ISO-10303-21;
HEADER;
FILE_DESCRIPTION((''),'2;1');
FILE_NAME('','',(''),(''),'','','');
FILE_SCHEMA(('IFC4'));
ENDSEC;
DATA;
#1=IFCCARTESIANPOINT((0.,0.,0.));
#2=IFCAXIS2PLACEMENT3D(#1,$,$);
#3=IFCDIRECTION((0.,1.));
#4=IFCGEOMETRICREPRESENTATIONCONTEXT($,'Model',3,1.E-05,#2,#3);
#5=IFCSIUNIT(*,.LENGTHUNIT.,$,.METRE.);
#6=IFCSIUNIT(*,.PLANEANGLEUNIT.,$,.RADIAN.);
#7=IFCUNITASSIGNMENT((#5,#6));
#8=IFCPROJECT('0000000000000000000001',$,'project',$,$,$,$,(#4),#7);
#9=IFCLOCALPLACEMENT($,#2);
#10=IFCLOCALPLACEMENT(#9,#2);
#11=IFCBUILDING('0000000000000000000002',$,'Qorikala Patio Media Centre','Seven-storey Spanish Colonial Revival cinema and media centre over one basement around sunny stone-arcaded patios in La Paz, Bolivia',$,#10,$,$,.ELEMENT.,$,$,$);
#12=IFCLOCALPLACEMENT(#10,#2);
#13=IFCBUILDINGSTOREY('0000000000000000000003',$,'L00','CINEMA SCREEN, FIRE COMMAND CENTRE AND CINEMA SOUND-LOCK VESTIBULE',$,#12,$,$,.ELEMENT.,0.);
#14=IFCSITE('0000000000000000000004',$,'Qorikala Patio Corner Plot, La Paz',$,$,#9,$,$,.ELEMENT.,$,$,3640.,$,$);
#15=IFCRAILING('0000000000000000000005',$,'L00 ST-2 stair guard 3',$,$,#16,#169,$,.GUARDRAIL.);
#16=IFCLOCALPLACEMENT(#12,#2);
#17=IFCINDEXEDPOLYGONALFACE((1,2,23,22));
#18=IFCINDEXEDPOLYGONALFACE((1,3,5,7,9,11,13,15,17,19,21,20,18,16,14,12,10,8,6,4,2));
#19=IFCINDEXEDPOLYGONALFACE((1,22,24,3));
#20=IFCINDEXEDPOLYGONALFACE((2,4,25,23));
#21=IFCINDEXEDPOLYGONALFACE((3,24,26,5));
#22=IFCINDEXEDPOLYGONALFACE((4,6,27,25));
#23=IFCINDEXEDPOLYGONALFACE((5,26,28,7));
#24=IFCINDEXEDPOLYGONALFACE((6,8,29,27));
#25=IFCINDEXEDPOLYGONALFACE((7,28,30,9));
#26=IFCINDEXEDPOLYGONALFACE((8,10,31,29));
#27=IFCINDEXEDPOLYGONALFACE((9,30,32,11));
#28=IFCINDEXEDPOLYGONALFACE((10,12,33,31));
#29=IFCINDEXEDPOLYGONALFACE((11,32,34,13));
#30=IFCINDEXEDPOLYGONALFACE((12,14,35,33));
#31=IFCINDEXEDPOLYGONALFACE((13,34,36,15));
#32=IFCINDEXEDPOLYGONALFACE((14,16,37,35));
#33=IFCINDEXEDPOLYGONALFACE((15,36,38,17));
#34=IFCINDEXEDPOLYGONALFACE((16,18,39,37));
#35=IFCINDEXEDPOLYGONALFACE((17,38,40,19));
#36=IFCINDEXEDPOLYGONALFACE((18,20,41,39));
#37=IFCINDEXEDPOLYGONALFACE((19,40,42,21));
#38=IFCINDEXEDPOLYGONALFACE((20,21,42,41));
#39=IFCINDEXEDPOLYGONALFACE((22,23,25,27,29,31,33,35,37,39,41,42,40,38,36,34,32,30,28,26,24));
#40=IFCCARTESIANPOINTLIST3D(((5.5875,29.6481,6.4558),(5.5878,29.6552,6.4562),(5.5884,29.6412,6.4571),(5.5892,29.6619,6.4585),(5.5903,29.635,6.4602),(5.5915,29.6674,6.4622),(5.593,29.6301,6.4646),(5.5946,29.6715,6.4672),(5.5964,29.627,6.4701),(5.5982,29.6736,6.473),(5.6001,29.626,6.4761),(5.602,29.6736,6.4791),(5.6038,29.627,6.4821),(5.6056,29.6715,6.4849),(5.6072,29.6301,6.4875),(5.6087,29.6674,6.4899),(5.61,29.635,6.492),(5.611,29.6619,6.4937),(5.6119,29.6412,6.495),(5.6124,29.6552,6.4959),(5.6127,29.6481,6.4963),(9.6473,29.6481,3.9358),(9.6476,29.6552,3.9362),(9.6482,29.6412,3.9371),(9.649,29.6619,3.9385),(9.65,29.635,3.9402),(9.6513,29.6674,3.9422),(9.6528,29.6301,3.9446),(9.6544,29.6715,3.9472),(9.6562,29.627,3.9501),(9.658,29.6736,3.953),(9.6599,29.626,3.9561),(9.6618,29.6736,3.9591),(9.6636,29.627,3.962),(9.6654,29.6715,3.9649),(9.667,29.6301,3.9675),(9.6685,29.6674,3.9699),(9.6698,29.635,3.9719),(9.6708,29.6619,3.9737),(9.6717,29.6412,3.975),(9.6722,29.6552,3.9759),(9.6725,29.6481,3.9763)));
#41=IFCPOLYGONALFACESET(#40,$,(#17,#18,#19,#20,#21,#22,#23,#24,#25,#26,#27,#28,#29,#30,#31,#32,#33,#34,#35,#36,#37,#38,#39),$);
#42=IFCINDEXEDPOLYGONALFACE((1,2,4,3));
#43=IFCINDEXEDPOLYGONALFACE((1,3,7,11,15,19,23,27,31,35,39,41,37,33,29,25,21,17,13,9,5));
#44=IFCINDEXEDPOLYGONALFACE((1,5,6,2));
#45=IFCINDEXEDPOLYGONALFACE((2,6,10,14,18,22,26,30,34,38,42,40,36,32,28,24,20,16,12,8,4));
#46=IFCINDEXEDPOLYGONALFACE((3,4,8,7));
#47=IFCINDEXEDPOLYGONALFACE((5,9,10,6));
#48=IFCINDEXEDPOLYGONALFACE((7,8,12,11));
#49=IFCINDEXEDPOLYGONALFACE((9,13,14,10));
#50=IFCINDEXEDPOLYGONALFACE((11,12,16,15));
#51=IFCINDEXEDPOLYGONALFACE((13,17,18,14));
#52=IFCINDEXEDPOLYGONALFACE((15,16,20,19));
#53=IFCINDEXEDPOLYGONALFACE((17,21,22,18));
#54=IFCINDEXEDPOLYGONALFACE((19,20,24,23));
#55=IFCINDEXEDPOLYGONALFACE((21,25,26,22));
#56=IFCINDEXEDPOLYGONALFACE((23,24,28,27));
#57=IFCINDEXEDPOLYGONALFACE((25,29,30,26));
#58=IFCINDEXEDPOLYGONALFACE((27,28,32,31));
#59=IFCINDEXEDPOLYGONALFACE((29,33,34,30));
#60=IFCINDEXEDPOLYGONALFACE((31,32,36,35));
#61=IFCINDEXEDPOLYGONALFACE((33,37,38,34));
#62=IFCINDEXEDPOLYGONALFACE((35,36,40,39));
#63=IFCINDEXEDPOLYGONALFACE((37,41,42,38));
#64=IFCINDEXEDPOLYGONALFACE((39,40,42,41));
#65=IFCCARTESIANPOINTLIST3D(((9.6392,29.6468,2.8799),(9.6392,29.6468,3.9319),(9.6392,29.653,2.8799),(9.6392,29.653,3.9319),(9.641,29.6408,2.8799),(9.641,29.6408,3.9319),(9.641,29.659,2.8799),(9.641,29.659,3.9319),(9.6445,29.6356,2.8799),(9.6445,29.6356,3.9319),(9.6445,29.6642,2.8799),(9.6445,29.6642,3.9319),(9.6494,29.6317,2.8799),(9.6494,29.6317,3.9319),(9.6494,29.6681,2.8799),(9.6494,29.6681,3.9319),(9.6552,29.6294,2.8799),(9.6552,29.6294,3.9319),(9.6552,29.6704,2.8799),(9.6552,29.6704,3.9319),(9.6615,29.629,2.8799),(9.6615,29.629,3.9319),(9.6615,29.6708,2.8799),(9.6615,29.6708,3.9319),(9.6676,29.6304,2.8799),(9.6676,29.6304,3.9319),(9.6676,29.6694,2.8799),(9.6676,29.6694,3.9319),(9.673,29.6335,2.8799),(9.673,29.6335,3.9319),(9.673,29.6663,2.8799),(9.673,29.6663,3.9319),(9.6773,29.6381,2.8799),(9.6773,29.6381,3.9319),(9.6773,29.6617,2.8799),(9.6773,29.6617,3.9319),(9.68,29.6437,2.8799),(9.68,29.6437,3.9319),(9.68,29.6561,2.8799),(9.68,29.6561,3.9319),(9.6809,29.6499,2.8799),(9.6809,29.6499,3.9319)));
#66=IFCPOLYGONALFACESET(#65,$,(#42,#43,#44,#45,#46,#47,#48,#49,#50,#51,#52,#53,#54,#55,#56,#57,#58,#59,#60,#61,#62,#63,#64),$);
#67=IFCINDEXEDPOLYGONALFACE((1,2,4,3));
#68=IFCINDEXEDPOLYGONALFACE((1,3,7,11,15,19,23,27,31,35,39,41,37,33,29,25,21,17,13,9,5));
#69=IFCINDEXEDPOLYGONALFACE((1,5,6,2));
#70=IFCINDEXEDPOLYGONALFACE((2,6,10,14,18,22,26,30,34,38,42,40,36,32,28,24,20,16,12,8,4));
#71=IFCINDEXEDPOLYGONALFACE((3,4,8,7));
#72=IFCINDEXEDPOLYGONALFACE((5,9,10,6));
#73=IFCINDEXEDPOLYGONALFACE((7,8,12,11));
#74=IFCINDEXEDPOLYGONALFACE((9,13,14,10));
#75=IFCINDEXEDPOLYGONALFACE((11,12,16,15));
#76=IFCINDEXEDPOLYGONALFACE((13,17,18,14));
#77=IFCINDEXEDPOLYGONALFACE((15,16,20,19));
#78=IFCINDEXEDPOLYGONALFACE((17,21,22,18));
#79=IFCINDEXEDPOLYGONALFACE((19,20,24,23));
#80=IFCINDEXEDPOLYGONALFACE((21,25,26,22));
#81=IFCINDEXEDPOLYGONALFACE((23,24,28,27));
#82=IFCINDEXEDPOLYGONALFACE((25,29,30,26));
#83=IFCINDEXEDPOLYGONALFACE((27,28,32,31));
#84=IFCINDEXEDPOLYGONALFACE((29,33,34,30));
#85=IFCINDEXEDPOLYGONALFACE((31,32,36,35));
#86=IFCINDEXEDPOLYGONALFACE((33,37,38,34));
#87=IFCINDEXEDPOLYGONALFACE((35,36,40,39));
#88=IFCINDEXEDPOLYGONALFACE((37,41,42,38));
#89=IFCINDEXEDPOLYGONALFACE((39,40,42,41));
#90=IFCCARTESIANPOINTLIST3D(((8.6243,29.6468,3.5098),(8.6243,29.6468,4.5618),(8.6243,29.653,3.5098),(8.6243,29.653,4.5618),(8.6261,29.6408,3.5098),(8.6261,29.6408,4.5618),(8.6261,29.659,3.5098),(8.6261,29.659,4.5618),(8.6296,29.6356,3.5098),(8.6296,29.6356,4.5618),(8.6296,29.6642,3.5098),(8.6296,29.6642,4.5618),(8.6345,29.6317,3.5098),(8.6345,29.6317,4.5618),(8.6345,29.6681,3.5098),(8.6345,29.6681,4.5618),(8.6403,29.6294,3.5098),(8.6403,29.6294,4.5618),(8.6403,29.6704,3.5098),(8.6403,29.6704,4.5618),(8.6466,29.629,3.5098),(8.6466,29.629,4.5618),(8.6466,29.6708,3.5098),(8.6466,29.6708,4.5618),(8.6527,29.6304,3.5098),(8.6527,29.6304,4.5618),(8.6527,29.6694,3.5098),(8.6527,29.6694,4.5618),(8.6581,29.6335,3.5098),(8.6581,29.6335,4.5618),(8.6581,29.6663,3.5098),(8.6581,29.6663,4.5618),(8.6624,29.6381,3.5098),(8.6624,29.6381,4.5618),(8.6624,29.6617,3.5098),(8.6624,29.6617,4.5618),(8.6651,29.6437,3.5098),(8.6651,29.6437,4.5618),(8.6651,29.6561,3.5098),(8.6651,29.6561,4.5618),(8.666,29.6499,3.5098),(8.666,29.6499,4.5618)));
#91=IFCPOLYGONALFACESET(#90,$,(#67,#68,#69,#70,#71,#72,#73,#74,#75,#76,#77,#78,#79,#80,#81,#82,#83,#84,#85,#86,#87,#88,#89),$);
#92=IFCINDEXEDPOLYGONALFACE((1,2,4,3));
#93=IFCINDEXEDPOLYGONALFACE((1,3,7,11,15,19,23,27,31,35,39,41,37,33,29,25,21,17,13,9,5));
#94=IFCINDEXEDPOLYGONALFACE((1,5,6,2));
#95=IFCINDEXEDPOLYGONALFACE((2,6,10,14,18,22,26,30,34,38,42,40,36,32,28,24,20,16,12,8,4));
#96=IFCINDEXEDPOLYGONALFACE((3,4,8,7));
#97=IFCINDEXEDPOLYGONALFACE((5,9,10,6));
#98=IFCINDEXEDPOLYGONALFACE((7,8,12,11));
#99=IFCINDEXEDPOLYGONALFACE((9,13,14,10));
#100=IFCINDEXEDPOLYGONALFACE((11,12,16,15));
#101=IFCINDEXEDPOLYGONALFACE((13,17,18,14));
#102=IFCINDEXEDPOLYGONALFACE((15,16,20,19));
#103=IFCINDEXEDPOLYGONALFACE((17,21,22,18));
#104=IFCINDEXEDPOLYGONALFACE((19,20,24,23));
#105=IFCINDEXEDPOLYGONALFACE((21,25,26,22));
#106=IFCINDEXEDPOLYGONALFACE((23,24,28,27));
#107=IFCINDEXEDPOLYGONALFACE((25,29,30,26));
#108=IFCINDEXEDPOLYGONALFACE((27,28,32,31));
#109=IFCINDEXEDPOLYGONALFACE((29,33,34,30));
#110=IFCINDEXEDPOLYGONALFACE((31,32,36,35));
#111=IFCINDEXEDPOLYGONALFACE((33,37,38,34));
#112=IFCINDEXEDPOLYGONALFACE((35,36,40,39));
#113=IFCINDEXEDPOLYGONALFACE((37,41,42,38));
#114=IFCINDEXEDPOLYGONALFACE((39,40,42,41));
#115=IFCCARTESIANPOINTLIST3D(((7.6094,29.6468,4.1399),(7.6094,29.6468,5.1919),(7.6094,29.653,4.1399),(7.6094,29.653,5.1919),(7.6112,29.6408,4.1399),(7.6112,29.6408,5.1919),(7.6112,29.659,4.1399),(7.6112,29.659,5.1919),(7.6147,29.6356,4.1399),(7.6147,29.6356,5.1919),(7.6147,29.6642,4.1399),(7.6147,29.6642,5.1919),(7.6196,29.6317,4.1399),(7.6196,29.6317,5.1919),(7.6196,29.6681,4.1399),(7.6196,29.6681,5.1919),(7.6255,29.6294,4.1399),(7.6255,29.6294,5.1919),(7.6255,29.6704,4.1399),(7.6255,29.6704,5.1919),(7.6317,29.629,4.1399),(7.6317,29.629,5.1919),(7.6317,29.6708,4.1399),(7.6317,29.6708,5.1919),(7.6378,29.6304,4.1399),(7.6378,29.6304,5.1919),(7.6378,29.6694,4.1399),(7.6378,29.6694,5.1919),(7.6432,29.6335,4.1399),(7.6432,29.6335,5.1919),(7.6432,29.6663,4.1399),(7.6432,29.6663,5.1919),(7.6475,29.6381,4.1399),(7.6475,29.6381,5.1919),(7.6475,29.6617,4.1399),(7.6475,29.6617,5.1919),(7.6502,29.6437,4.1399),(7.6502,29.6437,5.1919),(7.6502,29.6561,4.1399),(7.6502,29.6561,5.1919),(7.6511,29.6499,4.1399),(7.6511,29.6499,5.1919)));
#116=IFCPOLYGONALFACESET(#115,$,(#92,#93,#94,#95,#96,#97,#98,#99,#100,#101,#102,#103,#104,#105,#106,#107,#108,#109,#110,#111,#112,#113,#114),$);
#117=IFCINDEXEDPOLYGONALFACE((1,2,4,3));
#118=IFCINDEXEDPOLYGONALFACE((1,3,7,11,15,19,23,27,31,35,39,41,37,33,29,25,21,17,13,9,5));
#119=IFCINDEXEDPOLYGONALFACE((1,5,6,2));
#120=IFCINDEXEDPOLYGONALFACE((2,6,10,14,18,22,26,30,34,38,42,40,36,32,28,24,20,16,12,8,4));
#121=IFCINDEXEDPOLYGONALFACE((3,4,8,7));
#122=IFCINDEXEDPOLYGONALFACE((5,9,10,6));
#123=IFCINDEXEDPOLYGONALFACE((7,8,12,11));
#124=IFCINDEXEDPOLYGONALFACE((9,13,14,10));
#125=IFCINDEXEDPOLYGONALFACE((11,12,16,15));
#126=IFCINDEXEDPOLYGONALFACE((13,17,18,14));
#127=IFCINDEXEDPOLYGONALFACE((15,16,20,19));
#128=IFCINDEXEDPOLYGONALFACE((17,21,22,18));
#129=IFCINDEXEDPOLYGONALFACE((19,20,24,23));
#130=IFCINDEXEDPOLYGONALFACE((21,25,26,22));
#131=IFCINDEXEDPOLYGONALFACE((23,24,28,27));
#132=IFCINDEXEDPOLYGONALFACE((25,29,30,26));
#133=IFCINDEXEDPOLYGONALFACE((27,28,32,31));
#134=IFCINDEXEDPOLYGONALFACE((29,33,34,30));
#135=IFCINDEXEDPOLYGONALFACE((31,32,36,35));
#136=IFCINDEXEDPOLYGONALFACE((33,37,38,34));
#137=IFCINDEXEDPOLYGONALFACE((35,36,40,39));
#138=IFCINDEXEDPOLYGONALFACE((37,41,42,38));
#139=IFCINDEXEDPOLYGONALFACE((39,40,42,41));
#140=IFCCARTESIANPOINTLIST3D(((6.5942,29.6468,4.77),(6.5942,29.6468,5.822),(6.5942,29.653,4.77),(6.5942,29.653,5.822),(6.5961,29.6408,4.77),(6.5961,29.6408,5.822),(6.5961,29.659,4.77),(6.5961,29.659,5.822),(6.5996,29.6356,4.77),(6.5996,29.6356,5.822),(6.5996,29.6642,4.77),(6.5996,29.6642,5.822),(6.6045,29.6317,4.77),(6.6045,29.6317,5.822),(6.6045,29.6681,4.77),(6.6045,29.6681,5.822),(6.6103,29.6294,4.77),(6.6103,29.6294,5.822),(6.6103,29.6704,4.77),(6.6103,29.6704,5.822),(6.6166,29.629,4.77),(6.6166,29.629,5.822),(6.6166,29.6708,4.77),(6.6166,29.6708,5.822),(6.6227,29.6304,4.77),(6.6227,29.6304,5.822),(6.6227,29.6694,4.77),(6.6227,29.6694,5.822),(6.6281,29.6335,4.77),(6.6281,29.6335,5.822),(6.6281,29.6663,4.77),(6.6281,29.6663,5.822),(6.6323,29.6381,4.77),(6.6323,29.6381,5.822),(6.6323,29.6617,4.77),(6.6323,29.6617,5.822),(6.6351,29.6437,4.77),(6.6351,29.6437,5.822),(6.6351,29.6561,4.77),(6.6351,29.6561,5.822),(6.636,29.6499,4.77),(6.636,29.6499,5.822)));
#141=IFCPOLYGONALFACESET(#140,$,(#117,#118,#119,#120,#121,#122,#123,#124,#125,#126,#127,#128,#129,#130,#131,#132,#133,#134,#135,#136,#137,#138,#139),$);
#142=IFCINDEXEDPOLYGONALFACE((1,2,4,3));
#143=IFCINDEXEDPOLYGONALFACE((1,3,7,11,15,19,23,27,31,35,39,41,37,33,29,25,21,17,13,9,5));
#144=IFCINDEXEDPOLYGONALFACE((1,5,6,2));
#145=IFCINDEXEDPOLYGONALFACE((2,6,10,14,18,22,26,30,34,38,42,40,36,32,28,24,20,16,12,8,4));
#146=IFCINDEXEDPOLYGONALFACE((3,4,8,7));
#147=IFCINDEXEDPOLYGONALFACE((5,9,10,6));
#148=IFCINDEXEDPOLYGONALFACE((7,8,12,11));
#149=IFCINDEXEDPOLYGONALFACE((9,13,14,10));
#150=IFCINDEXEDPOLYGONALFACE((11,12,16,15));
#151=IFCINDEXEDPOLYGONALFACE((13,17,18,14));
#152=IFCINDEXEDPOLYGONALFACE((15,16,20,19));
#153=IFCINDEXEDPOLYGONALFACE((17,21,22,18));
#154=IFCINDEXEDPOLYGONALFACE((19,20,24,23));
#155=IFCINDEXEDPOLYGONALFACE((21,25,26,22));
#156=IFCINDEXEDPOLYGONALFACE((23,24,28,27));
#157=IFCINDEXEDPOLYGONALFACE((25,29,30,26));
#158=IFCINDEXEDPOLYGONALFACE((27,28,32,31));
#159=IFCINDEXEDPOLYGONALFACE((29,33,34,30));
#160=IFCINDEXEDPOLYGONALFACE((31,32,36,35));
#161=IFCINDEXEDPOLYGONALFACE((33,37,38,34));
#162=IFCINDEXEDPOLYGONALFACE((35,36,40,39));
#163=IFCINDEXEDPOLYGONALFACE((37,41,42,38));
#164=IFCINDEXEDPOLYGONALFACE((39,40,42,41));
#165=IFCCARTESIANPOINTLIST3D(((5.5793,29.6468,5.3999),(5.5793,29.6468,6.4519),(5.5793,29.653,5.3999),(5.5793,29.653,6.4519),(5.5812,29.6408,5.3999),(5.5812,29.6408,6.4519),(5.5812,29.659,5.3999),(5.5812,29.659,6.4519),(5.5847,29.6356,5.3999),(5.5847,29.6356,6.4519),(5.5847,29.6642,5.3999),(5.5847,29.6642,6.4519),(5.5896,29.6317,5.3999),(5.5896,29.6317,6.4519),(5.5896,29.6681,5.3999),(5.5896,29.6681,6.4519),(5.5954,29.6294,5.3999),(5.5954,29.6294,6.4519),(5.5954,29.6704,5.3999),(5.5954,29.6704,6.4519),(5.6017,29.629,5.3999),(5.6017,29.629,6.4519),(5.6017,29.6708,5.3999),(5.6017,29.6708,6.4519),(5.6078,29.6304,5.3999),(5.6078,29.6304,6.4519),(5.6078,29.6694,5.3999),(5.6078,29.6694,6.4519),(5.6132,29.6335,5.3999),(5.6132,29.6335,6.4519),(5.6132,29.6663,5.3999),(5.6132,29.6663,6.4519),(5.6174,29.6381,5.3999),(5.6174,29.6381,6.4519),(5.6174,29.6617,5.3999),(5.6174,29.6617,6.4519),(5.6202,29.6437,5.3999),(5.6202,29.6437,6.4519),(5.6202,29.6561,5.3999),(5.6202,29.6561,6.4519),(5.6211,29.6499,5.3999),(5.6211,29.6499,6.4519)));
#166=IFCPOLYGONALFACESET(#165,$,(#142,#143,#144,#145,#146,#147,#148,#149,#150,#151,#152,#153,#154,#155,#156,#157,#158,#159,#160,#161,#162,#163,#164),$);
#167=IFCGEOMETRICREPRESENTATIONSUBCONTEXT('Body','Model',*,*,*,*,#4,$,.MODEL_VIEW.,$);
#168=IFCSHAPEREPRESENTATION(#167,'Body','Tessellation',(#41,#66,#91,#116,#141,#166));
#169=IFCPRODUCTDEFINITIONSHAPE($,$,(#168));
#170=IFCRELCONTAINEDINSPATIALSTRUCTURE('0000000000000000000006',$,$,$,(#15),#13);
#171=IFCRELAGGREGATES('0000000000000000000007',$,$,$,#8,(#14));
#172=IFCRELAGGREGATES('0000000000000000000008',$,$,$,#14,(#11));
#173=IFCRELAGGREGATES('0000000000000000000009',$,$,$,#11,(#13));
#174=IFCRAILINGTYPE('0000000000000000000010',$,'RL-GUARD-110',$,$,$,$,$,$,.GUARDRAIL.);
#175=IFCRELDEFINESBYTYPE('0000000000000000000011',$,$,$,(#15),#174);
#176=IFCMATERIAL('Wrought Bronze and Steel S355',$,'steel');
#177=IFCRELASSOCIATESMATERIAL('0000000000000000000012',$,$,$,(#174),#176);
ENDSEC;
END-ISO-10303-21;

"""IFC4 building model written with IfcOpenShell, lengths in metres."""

from ifc_helpers import new_model, si_unit, direction, frame, origin, origin_2d, place, context, subcontext, project, spatial, circle, extrude, material, type_object, element, save


model = new_model("IFC4")

# Units and contexts
model_context = context("Model", 3, precision=1e-05, world=origin(), true_north=direction((0.0, 1.0)))
body_context = subcontext(model_context, "Body", "Model", "MODEL_VIEW")
ifc_project = project(units=[si_unit("LENGTHUNIT", "METRE"), si_unit("PLANEANGLEUNIT", "RADIAN")], contexts=[model_context])

# Site, building, storey
site_placement = place(None, origin())
site = spatial("IfcSite", under=ifc_project, at=site_placement, Name="Qorikala Patio Corner Plot, La Paz", CompositionType="ELEMENT", RefElevation=3640.0)
building_placement = place(site_placement, origin())
building = spatial("IfcBuilding", under=site, at=building_placement, Name="Qorikala Patio Media Centre", Description="Seven-storey Spanish Colonial Revival cinema and media centre over one basement around sunny stone-arcaded patios in La Paz, Bolivia", CompositionType="ELEMENT")
storey_placement = place(building_placement, origin())
storey = spatial("IfcBuildingStorey", under=building, at=storey_placement, Name="L00", Description="CINEMA SCREEN, FIRE COMMAND CENTRE AND CINEMA SOUND-LOCK VESTIBULE", CompositionType="ELEMENT", Elevation=0.0)

# Railing
ifc_material_1 = material(Name="Wrought Bronze and Steel S355", Category="steel")
railing_type_1 = type_object("IfcRailingType", Name="RL-GUARD-110", PredefinedType="GUARDRAIL", material=ifc_material_1)
railing_1_placement = place(storey_placement, frame((9.6599, 29.6499, 2.8799)))
element("IfcRailing", 1, at=railing_1_placement, inside=storey, type_object=railing_type_1, Name="L00 ST-2 stair guard 3", PredefinedType="GUARDRAIL", context=body_context, shape_type="SweptSolid", body=[
    extrude(circle(Radius=0.0239, at=origin_2d()), frame((0.0, 0.0, 1.0762), z_axis=(-0.849628, 0.0, 0.527383), x_axis=(0.0, -1.0, 0.0)), (0.0, 0.0, 1.0), 4.7783),
    extrude(circle(Radius=0.021, at=origin_2d()), origin(), (0.0, 0.0, 1.0), 1.052),
    extrude(circle(Radius=0.021, at=origin_2d()), frame((-1.0149, 0.0, 0.6299)), (0.0, 0.0, 1.0), 1.052),
    extrude(circle(Radius=0.021, at=origin_2d()), frame((-2.0298, 0.0, 1.26)), (0.0, 0.0, 1.0), 1.052),
    extrude(circle(Radius=0.021, at=origin_2d()), frame((-3.0449, 0.0, 1.8901)), (0.0, 0.0, 1.0), 1.052),
    extrude(circle(Radius=0.021, at=origin_2d()), frame((-4.0598, 0.0, 2.52)), (0.0, 0.0, 1.0), 1.052),
])

save(model, "model.ifc")
